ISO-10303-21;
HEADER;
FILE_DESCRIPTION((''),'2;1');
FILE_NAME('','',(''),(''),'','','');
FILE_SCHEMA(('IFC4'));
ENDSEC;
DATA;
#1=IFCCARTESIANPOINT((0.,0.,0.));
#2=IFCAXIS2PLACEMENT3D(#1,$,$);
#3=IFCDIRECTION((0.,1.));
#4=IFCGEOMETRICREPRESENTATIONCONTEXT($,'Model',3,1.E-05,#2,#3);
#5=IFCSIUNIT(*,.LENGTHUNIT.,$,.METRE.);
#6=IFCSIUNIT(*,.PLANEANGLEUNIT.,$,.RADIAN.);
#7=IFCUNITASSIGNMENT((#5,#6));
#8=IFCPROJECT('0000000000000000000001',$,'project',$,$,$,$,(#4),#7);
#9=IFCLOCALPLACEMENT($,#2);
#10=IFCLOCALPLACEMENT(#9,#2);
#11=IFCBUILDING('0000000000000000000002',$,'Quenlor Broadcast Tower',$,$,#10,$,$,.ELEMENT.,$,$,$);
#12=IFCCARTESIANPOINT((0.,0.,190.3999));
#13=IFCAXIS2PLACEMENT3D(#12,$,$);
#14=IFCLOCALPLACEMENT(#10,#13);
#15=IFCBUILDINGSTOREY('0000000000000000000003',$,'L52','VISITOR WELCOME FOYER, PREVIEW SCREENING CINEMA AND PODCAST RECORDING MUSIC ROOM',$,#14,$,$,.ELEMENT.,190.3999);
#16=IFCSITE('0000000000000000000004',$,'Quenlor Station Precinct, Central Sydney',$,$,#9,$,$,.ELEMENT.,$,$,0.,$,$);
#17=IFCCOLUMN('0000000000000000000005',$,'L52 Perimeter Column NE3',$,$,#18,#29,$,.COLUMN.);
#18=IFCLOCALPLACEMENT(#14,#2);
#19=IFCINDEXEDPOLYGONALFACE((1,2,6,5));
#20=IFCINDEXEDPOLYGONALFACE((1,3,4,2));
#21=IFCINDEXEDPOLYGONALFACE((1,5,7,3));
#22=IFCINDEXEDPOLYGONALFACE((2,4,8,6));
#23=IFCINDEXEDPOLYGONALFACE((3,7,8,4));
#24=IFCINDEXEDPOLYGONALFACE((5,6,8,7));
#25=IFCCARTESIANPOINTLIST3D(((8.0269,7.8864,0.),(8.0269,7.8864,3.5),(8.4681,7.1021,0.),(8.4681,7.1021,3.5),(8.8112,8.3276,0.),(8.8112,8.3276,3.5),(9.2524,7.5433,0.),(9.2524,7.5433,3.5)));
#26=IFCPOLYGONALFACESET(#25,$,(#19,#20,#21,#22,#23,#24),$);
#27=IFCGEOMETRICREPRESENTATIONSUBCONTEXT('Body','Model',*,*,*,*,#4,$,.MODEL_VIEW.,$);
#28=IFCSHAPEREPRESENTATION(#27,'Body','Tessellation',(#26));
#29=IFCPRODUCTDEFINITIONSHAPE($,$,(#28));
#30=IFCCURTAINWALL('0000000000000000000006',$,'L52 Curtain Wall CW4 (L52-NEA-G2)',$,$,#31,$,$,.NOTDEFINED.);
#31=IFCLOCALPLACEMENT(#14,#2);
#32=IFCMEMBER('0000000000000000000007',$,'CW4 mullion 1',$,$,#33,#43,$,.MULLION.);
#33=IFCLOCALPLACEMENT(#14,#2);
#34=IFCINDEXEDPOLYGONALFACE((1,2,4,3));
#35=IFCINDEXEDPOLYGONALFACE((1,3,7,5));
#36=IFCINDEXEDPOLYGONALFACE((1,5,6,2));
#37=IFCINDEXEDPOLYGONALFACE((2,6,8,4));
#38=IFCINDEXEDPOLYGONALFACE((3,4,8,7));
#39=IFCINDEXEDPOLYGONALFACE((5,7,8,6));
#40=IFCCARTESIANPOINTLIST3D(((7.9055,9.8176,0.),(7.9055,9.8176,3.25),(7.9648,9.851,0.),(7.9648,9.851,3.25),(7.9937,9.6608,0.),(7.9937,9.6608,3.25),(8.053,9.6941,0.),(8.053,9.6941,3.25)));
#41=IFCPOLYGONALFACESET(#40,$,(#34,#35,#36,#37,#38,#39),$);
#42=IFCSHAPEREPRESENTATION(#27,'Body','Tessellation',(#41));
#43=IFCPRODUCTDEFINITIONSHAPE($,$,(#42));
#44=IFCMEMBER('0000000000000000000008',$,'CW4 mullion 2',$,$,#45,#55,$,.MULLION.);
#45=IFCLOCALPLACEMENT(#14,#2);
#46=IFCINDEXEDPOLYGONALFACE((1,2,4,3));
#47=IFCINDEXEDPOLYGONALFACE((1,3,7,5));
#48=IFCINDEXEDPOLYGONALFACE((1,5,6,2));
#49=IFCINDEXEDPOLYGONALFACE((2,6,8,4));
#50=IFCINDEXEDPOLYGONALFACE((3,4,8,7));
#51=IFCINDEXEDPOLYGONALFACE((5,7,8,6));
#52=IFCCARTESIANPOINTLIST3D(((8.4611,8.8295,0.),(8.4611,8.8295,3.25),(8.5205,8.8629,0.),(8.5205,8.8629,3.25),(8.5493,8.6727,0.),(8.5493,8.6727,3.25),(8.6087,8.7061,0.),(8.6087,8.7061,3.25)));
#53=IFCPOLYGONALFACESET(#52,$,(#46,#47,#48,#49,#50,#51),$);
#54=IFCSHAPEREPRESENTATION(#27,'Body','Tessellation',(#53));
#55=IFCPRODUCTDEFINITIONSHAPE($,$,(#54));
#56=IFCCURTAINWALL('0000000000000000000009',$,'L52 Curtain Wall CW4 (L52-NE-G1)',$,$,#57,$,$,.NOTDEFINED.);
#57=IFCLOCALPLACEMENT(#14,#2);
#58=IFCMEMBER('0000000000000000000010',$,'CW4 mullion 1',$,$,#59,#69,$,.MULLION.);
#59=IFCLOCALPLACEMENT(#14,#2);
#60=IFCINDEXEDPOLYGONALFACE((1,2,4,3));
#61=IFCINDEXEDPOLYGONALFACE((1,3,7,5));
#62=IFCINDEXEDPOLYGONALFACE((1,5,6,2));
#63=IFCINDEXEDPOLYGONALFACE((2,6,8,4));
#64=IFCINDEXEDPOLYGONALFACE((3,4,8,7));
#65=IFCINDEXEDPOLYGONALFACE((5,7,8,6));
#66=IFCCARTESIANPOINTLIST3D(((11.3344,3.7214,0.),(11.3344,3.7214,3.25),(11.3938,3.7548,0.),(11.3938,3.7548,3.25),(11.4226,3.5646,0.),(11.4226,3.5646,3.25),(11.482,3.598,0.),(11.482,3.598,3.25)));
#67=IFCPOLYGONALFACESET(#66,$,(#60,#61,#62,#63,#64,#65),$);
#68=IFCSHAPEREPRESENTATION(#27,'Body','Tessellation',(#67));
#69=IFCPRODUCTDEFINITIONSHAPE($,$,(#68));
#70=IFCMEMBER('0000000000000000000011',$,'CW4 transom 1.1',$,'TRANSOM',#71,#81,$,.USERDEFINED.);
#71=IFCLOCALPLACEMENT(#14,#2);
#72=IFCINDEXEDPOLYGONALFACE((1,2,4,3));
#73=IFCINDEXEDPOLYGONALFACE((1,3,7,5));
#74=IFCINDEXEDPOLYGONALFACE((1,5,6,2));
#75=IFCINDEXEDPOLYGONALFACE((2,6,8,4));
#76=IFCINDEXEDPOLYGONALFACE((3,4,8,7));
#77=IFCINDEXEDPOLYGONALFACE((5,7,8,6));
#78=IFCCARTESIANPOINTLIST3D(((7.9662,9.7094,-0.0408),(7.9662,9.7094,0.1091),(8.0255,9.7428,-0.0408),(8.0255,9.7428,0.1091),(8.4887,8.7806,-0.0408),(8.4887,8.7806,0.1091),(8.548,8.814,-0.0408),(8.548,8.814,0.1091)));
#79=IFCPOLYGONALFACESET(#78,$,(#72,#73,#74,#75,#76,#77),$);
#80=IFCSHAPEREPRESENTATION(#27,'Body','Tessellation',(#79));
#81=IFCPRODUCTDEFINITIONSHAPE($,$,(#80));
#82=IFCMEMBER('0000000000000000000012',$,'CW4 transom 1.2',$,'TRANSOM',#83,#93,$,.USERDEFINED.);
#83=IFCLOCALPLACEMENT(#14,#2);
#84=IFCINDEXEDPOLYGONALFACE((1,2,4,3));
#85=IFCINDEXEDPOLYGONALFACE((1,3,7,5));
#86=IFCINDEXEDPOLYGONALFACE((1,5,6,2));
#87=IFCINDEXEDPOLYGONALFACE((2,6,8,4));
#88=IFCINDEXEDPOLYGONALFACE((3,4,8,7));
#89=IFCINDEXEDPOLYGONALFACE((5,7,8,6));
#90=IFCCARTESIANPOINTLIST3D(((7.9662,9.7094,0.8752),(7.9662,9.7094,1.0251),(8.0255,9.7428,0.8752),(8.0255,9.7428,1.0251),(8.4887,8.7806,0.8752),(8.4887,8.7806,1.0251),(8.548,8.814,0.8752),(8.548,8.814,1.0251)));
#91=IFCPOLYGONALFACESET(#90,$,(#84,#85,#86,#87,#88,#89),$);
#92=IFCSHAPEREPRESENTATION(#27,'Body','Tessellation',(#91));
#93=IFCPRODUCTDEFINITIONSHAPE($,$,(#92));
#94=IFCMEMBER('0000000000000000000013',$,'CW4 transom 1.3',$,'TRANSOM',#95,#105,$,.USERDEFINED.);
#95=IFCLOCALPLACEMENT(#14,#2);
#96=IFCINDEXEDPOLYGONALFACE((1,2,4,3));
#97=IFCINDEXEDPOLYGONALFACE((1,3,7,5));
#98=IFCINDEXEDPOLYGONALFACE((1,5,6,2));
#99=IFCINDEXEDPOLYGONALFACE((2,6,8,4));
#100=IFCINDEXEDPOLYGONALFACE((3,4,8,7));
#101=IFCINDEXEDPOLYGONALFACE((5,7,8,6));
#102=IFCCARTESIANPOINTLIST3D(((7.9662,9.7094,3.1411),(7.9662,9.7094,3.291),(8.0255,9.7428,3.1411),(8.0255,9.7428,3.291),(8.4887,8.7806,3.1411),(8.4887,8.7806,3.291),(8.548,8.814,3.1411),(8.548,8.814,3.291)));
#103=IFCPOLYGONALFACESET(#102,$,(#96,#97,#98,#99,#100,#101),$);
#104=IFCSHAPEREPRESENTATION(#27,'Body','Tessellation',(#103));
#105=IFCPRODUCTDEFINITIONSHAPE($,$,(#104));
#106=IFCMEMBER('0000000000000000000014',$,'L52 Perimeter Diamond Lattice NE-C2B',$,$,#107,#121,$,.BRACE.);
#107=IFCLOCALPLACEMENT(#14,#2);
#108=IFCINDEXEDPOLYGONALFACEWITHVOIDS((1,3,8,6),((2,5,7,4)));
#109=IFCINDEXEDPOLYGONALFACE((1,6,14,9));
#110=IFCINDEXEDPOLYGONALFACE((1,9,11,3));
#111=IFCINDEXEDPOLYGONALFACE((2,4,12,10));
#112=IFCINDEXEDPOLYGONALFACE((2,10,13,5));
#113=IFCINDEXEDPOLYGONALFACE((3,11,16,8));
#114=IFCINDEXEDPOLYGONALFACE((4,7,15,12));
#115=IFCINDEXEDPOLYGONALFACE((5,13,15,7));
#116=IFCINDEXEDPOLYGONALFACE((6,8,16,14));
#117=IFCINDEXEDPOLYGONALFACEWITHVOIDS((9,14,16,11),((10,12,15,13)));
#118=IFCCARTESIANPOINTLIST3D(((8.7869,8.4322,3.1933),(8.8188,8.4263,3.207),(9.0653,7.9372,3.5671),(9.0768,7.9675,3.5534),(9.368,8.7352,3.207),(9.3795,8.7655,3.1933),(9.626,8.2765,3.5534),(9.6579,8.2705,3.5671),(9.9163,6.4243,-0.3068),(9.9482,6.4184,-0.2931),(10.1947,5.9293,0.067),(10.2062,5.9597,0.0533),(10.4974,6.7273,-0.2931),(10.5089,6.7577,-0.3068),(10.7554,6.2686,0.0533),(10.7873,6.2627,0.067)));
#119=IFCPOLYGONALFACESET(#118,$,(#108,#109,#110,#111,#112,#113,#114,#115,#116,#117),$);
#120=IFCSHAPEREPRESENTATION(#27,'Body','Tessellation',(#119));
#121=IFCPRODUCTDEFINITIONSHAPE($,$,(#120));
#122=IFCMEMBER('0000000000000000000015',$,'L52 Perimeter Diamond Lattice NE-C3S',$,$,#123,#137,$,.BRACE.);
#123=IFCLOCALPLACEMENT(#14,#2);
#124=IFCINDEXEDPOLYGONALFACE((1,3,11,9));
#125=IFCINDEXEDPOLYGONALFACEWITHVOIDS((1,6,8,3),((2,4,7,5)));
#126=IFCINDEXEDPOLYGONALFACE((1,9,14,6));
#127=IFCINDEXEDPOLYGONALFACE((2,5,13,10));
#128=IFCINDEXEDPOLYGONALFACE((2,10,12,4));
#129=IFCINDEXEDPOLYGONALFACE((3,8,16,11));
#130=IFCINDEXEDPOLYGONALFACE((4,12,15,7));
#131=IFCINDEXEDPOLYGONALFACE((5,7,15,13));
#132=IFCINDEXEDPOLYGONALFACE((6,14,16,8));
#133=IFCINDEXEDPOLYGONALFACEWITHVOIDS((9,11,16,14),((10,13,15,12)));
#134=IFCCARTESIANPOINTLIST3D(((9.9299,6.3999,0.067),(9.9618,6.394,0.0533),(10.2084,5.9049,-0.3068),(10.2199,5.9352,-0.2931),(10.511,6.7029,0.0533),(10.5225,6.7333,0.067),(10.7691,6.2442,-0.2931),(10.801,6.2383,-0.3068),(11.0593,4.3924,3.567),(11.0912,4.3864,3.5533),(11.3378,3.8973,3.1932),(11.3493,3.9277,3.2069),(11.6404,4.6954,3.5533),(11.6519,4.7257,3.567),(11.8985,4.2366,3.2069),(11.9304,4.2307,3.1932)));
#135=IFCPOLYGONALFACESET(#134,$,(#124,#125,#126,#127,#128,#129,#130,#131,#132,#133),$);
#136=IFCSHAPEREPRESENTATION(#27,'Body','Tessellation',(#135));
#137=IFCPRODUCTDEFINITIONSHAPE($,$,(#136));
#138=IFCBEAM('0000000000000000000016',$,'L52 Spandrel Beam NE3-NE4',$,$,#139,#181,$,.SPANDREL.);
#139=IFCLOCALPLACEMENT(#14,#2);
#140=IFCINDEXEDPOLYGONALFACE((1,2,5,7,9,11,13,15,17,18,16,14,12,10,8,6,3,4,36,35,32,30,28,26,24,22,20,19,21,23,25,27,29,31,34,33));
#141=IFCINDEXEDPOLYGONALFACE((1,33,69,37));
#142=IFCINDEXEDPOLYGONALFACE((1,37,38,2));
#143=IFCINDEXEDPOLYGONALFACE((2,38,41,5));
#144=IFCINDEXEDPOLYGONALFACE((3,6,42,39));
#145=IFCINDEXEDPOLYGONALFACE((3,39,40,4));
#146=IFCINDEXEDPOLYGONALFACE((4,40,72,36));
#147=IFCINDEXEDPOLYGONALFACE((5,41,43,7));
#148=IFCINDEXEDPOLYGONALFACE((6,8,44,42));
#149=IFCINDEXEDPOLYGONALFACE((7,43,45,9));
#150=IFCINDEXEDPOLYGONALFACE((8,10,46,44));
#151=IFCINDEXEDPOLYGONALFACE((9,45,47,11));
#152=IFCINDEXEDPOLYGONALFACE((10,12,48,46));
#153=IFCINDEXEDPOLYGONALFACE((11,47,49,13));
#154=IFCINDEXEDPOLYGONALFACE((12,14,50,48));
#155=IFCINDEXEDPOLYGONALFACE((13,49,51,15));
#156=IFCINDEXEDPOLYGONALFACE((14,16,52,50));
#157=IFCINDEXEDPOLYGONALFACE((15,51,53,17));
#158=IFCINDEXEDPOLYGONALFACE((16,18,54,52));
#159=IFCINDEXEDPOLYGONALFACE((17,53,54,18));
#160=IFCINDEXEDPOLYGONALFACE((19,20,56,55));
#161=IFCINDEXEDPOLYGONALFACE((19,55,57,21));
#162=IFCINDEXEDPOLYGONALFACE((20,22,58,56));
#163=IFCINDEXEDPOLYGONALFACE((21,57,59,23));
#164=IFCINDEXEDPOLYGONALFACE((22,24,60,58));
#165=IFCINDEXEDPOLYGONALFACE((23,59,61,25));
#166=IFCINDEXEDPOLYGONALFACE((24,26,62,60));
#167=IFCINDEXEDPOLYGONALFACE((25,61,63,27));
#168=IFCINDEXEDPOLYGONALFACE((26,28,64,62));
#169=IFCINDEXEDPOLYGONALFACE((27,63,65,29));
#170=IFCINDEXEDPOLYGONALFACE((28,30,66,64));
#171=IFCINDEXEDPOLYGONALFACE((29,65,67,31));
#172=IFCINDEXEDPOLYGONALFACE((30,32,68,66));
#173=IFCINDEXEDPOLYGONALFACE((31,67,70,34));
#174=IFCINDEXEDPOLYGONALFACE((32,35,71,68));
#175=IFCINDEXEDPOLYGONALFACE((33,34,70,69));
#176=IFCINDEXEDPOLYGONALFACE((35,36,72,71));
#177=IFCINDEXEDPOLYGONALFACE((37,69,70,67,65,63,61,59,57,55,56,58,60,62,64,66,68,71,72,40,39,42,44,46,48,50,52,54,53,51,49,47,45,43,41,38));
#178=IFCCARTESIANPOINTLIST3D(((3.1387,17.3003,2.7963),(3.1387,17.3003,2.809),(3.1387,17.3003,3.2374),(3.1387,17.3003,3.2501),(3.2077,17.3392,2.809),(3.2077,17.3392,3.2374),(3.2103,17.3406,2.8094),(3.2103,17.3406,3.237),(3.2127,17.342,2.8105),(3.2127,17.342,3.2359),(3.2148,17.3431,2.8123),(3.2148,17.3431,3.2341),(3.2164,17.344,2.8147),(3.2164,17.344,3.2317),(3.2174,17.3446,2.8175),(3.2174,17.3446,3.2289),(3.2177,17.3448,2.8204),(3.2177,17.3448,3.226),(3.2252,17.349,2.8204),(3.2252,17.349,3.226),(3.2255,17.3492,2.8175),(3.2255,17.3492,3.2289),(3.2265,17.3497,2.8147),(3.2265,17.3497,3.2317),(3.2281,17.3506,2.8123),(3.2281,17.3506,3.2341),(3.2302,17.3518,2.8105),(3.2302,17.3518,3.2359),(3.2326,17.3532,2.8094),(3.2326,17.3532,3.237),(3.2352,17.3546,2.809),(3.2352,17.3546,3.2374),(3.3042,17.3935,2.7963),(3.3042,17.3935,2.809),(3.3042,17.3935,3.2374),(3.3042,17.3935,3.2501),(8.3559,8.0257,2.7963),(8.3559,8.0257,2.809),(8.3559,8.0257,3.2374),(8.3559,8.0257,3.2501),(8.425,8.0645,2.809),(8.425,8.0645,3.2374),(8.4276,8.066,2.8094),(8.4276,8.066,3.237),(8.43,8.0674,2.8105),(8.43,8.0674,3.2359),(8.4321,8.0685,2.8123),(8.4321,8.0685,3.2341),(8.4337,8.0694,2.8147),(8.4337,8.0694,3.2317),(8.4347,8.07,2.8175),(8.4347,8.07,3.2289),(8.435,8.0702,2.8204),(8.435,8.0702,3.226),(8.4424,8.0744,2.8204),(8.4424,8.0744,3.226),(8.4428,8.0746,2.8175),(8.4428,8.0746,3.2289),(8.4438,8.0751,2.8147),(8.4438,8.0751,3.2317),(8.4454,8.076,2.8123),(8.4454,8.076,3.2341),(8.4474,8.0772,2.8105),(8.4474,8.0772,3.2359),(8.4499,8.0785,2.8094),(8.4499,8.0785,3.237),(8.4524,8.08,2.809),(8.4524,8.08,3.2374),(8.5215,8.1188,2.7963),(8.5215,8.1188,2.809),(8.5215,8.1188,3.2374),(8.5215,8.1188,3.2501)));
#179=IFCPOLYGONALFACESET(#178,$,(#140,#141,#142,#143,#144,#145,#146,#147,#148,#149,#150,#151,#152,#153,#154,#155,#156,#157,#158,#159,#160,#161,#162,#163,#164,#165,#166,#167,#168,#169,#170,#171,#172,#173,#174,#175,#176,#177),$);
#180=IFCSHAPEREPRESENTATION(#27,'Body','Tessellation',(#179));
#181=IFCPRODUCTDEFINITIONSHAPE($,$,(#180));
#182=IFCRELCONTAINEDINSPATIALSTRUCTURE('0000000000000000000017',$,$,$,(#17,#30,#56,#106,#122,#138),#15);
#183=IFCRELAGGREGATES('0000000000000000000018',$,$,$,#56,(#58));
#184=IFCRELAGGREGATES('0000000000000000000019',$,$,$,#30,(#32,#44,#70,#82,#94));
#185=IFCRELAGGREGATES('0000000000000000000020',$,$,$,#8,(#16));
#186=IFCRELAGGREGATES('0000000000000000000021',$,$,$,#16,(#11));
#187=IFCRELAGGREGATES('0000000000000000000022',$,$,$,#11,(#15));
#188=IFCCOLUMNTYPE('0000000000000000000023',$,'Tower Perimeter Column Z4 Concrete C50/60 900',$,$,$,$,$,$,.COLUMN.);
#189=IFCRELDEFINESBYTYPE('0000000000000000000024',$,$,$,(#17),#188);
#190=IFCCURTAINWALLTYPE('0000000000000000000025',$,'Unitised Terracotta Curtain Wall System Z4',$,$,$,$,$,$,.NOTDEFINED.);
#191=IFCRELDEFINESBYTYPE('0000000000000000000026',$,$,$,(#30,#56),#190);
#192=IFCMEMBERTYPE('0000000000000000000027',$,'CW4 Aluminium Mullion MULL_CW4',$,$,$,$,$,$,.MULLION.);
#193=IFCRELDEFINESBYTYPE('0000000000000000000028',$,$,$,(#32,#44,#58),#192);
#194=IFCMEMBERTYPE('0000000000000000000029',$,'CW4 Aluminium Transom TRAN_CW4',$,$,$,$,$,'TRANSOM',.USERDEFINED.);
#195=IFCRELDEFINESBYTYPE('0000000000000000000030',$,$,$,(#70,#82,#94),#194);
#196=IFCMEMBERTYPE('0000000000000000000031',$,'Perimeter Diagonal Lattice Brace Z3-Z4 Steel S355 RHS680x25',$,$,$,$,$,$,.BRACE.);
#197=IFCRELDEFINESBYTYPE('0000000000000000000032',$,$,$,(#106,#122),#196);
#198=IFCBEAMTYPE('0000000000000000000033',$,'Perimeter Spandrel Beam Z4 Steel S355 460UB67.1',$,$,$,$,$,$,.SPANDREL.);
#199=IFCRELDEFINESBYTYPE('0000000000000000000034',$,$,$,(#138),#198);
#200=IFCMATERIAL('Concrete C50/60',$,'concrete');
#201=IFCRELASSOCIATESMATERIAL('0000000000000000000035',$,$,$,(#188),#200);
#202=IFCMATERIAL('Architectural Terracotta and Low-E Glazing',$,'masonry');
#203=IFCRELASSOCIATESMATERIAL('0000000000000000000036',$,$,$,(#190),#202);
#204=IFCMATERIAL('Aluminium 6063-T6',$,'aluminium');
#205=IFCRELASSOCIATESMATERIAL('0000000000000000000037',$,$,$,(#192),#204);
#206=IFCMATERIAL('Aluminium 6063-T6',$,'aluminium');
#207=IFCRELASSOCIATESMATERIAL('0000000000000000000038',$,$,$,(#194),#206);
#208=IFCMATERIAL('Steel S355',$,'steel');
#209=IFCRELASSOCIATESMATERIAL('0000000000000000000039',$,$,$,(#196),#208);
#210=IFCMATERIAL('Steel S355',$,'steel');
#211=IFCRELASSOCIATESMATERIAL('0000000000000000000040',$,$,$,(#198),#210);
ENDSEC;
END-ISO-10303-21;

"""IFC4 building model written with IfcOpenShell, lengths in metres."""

from ifc_helpers import new_model, si_unit, direction, frame, origin, origin_2d, place, context, subcontext, project, spatial, rectangle, hollow_rectangle, i_section, extrude, material, material_profile, profile_set, type_object, element, aggregate, save


model = new_model("IFC4")

# Units and contexts
model_context = context("Model", 3, precision=1e-05, world=origin(), true_north=direction((0.0, 1.0)))
body_context = subcontext(model_context, "Body", "Model", "MODEL_VIEW")
ifc_project = project(units=[si_unit("LENGTHUNIT", "METRE"), si_unit("PLANEANGLEUNIT", "RADIAN")], contexts=[model_context])

# Site, building, storey
site_placement = place(None, origin())
site = spatial("IfcSite", under=ifc_project, at=site_placement, Name="Quenlor Station Precinct, Central Sydney", CompositionType="ELEMENT", RefElevation=0.0)
building_placement = place(site_placement, origin())
building = spatial("IfcBuilding", under=site, at=building_placement, Name="Quenlor Broadcast Tower", CompositionType="ELEMENT")
storey_placement = place(building_placement, frame((0.0, 0.0, 190.3999)))
storey = spatial("IfcBuildingStorey", under=building, at=storey_placement, Name="L52", Description="VISITOR WELCOME FOYER, PREVIEW SCREENING CINEMA AND PODCAST RECORDING MUSIC ROOM", CompositionType="ELEMENT", Elevation=190.3999)

# Column
ifc_material_1 = material(Name="Concrete C50/60", Category="concrete")
ifc_material_profile_1 = material_profile(ifc_material_1, rectangle(XDim=0.8999, YDim=0.8999, at=origin_2d()))
ifc_profile_set_1 = profile_set([ifc_material_profile_1], Name="Concrete C50/60 RC900x900")
column_type = type_object("IfcColumnType", Name="Tower Perimeter Column Z4 Concrete C50/60 900", PredefinedType="COLUMN", material=ifc_profile_set_1)
column_placement = place(storey_placement, frame((8.6396, 7.7148, 0.0), z_axis=(0.0, 0.0, 1.0), x_axis=(0.871575, 0.490262, 0.0)))
element("IfcColumn", 1, at=column_placement, inside=storey, type_object=column_type, Name="L52 Perimeter Column NE3", PredefinedType="COLUMN", context=body_context, shape_type="SweptSolid", body=[
    extrude(rectangle(XDim=0.8999, YDim=0.8999, at=origin_2d()), origin(), (0.0, 0.0, 1.0), 3.5),
])

# Curtain wall, members
ifc_material_2 = material(Name="Architectural Terracotta and Low-E Glazing", Category="masonry")
curtain_wall_type = type_object("IfcCurtainWallType", Name="Unitised Terracotta Curtain Wall System Z4", PredefinedType="NOTDEFINED", material=ifc_material_2)
curtain_wall_1_placement = place(storey_placement, origin())
curtain_wall_1 = element("IfcCurtainWall", 2, at=curtain_wall_1_placement, inside=storey, type_object=curtain_wall_type, Name="L52 Curtain Wall CW4 (L52-NEA-G2)", PredefinedType="NOTDEFINED")
ifc_material_3 = material(Name="Aluminium 6063-T6", Category="aluminium")
ifc_material_profile_2 = material_profile(ifc_material_3, rectangle(XDim=0.0681, YDim=0.1799, at=origin_2d()))
ifc_profile_set_2 = profile_set([ifc_material_profile_2], Name="Aluminium 6063-T6 MULL68x180")
member_type_1 = type_object("IfcMemberType", Name="CW4 Aluminium Mullion MULL_CW4", PredefinedType="MULLION", material=ifc_profile_set_2)
member_1_placement = place(storey_placement, frame((7.9792, 9.7559, 0.0), z_axis=(0.0, 0.0, 1.0), x_axis=(0.871558, 0.490293, 0.0)))
member_1 = element("IfcMember", 3, at=member_1_placement, type_object=member_type_1, Name="CW4 mullion 1", PredefinedType="MULLION", context=body_context, shape_type="SweptSolid", body=[
    extrude(rectangle(XDim=0.0681, YDim=0.1799, at=origin_2d()), origin(), (0.0, 0.0, 1.0), 3.25),
])
member_2_placement = place(storey_placement, frame((8.5349, 8.7678, 0.0), z_axis=(0.0, 0.0, 1.0), x_axis=(0.871558, 0.490293, 0.0)))
member_2 = element("IfcMember", 4, at=member_2_placement, type_object=member_type_1, Name="CW4 mullion 2", PredefinedType="MULLION", context=body_context, shape_type="SweptSolid", body=[
    extrude(rectangle(XDim=0.0681, YDim=0.1799, at=origin_2d()), origin(), (0.0, 0.0, 1.0), 3.25),
])

# Curtain wall, member
curtain_wall_2_placement = place(storey_placement, origin())
curtain_wall_2 = element("IfcCurtainWall", 5, at=curtain_wall_2_placement, inside=storey, type_object=curtain_wall_type, Name="L52 Curtain Wall CW4 (L52-NE-G1)", PredefinedType="NOTDEFINED")
member_3_placement = place(storey_placement, frame((11.4082, 3.6597, 0.0), z_axis=(0.0, 0.0, 1.0), x_axis=(0.87156, 0.490289, 0.0)))
member_3 = element("IfcMember", 6, at=member_3_placement, type_object=member_type_1, Name="CW4 mullion 1", PredefinedType="MULLION", context=body_context, shape_type="SweptSolid", body=[
    extrude(rectangle(XDim=0.0681, YDim=0.1799, at=origin_2d()), origin(), (0.0, 0.0, 1.0), 3.25),
])
aggregate(curtain_wall_2, [member_3])

# Members
ifc_material_4 = material(Name="Aluminium 6063-T6", Category="aluminium")
ifc_material_profile_3 = material_profile(ifc_material_4, rectangle(XDim=0.0681, YDim=0.1499, at=origin_2d()))
ifc_profile_set_3 = profile_set([ifc_material_profile_3], Name="Aluminium 6063-T6 TRAN68x150")
member_type_2 = type_object("IfcMemberType", Name="CW4 Aluminium Transom TRAN_CW4", ElementType="TRANSOM", PredefinedType="USERDEFINED", material=ifc_profile_set_3)
member_4_placement = place(storey_placement, frame((7.9958, 9.7261, 0.0342), z_axis=(0.490305, -0.871551, 0.0), x_axis=(0.871551, 0.490305, 0.0)))
member_4 = element("IfcMember", 7, at=member_4_placement, type_object=member_type_2, Name="CW4 transom 1.1", ObjectType="TRANSOM", PredefinedType="USERDEFINED", context=body_context, shape_type="SweptSolid", body=[
    extrude(rectangle(XDim=0.0681, YDim=0.1499, at=origin_2d()), origin(), (0.0, 0.0, 1.0), 1.0657),
])
member_5_placement = place(storey_placement, frame((7.9958, 9.7261, 0.9502), z_axis=(0.490305, -0.871551, 0.0), x_axis=(0.871551, 0.490305, 0.0)))
member_5 = element("IfcMember", 8, at=member_5_placement, type_object=member_type_2, Name="CW4 transom 1.2", ObjectType="TRANSOM", PredefinedType="USERDEFINED", context=body_context, shape_type="SweptSolid", body=[
    extrude(rectangle(XDim=0.0681, YDim=0.1499, at=origin_2d()), origin(), (0.0, 0.0, 1.0), 1.0657),
])
member_6_placement = place(storey_placement, frame((7.9958, 9.7261, 3.2161), z_axis=(0.490305, -0.871551, 0.0), x_axis=(0.871551, 0.490305, 0.0)))
member_6 = element("IfcMember", 9, at=member_6_placement, type_object=member_type_2, Name="CW4 transom 1.3", ObjectType="TRANSOM", PredefinedType="USERDEFINED", context=body_context, shape_type="SweptSolid", body=[
    extrude(rectangle(XDim=0.0681, YDim=0.1499, at=origin_2d()), origin(), (0.0, 0.0, 1.0), 1.0657),
])

# Members
ifc_material_5 = material(Name="Steel S355", Category="steel")
ifc_material_profile_4 = material_profile(ifc_material_5, hollow_rectangle(XDim=0.6799, YDim=0.6799, WallThickness=0.0249, at=origin_2d()))
ifc_profile_set_4 = profile_set([ifc_material_profile_4], Name="Steel S355 RHS680x680x25")
member_type_3 = type_object("IfcMemberType", Name="Perimeter Diagonal Lattice Brace Z3-Z4 Steel S355 RHS680x25", PredefinedType="BRACE", material=ifc_profile_set_4)
member_7_placement = place(storey_placement, frame((10.3518, 6.3435, -0.1199), z_axis=(-0.26954, 0.479181, 0.835305), x_axis=(-0.871576, -0.490261, 0.0)))
element("IfcMember", 10, at=member_7_placement, inside=storey, type_object=member_type_3, Name="L52 Perimeter Diamond Lattice NE-C2B", PredefinedType="BRACE", context=body_context, shape_type="SweptSolid", body=[
    extrude(hollow_rectangle(XDim=0.6799, YDim=0.6799, WallThickness=0.0249, at=origin_2d()), origin(), (0.0, 0.0, 1.0), 4.1902),
])
member_8_placement = place(storey_placement, frame((10.3655, 6.3191, -0.1199), z_axis=(0.269547, -0.479136, 0.835328), x_axis=(0.87155, 0.490307, 0.0)))
element("IfcMember", 11, at=member_8_placement, inside=storey, type_object=member_type_3, Name="L52 Perimeter Diamond Lattice NE-C3S", PredefinedType="BRACE", context=body_context, shape_type="SweptSolid", body=[
    extrude(hollow_rectangle(XDim=0.6799, YDim=0.6799, WallThickness=0.0249, at=origin_2d()), origin(), (0.0, 0.0, 1.0), 4.1899),
])

# Beam
ifc_material_6 = material(Name="Steel S355", Category="steel")
ifc_material_profile_5 = material_profile(ifc_material_6, i_section(OverallWidth=0.1899, OverallDepth=0.4539, WebThickness=0.0085, FlangeThickness=0.0127, FilletRadius=0.0115, at=origin_2d()))
ifc_profile_set_5 = profile_set([ifc_material_profile_5], Name="Steel S355 460UB67.1")
beam_type_1 = type_object("IfcBeamType", Name="Perimeter Spandrel Beam Z4 Steel S355 460UB67.1", PredefinedType="SPANDREL", material=ifc_profile_set_5)
beam_1_placement = place(storey_placement, frame((8.4387, 8.0723, 3.0232), z_axis=(-0.490282, 0.871564, 0.0), x_axis=(-0.871564, -0.490282, 0.0)))
element("IfcBeam", 12, at=beam_1_placement, inside=storey, type_object=beam_type_1, Name="L52 Spandrel Beam NE3-NE4", PredefinedType="SPANDREL", context=body_context, shape_type="SweptSolid", body=[
    extrude(i_section(OverallWidth=0.1899, OverallDepth=0.4539, WebThickness=0.0085, FlangeThickness=0.0127, FilletRadius=0.0115, at=origin_2d()), origin(), (0.0, 0.0, 1.0), 10.6414),
])

aggregate(curtain_wall_1, [member_1, member_2, member_4, member_5, member_6])

save(model, "model.ifc")
